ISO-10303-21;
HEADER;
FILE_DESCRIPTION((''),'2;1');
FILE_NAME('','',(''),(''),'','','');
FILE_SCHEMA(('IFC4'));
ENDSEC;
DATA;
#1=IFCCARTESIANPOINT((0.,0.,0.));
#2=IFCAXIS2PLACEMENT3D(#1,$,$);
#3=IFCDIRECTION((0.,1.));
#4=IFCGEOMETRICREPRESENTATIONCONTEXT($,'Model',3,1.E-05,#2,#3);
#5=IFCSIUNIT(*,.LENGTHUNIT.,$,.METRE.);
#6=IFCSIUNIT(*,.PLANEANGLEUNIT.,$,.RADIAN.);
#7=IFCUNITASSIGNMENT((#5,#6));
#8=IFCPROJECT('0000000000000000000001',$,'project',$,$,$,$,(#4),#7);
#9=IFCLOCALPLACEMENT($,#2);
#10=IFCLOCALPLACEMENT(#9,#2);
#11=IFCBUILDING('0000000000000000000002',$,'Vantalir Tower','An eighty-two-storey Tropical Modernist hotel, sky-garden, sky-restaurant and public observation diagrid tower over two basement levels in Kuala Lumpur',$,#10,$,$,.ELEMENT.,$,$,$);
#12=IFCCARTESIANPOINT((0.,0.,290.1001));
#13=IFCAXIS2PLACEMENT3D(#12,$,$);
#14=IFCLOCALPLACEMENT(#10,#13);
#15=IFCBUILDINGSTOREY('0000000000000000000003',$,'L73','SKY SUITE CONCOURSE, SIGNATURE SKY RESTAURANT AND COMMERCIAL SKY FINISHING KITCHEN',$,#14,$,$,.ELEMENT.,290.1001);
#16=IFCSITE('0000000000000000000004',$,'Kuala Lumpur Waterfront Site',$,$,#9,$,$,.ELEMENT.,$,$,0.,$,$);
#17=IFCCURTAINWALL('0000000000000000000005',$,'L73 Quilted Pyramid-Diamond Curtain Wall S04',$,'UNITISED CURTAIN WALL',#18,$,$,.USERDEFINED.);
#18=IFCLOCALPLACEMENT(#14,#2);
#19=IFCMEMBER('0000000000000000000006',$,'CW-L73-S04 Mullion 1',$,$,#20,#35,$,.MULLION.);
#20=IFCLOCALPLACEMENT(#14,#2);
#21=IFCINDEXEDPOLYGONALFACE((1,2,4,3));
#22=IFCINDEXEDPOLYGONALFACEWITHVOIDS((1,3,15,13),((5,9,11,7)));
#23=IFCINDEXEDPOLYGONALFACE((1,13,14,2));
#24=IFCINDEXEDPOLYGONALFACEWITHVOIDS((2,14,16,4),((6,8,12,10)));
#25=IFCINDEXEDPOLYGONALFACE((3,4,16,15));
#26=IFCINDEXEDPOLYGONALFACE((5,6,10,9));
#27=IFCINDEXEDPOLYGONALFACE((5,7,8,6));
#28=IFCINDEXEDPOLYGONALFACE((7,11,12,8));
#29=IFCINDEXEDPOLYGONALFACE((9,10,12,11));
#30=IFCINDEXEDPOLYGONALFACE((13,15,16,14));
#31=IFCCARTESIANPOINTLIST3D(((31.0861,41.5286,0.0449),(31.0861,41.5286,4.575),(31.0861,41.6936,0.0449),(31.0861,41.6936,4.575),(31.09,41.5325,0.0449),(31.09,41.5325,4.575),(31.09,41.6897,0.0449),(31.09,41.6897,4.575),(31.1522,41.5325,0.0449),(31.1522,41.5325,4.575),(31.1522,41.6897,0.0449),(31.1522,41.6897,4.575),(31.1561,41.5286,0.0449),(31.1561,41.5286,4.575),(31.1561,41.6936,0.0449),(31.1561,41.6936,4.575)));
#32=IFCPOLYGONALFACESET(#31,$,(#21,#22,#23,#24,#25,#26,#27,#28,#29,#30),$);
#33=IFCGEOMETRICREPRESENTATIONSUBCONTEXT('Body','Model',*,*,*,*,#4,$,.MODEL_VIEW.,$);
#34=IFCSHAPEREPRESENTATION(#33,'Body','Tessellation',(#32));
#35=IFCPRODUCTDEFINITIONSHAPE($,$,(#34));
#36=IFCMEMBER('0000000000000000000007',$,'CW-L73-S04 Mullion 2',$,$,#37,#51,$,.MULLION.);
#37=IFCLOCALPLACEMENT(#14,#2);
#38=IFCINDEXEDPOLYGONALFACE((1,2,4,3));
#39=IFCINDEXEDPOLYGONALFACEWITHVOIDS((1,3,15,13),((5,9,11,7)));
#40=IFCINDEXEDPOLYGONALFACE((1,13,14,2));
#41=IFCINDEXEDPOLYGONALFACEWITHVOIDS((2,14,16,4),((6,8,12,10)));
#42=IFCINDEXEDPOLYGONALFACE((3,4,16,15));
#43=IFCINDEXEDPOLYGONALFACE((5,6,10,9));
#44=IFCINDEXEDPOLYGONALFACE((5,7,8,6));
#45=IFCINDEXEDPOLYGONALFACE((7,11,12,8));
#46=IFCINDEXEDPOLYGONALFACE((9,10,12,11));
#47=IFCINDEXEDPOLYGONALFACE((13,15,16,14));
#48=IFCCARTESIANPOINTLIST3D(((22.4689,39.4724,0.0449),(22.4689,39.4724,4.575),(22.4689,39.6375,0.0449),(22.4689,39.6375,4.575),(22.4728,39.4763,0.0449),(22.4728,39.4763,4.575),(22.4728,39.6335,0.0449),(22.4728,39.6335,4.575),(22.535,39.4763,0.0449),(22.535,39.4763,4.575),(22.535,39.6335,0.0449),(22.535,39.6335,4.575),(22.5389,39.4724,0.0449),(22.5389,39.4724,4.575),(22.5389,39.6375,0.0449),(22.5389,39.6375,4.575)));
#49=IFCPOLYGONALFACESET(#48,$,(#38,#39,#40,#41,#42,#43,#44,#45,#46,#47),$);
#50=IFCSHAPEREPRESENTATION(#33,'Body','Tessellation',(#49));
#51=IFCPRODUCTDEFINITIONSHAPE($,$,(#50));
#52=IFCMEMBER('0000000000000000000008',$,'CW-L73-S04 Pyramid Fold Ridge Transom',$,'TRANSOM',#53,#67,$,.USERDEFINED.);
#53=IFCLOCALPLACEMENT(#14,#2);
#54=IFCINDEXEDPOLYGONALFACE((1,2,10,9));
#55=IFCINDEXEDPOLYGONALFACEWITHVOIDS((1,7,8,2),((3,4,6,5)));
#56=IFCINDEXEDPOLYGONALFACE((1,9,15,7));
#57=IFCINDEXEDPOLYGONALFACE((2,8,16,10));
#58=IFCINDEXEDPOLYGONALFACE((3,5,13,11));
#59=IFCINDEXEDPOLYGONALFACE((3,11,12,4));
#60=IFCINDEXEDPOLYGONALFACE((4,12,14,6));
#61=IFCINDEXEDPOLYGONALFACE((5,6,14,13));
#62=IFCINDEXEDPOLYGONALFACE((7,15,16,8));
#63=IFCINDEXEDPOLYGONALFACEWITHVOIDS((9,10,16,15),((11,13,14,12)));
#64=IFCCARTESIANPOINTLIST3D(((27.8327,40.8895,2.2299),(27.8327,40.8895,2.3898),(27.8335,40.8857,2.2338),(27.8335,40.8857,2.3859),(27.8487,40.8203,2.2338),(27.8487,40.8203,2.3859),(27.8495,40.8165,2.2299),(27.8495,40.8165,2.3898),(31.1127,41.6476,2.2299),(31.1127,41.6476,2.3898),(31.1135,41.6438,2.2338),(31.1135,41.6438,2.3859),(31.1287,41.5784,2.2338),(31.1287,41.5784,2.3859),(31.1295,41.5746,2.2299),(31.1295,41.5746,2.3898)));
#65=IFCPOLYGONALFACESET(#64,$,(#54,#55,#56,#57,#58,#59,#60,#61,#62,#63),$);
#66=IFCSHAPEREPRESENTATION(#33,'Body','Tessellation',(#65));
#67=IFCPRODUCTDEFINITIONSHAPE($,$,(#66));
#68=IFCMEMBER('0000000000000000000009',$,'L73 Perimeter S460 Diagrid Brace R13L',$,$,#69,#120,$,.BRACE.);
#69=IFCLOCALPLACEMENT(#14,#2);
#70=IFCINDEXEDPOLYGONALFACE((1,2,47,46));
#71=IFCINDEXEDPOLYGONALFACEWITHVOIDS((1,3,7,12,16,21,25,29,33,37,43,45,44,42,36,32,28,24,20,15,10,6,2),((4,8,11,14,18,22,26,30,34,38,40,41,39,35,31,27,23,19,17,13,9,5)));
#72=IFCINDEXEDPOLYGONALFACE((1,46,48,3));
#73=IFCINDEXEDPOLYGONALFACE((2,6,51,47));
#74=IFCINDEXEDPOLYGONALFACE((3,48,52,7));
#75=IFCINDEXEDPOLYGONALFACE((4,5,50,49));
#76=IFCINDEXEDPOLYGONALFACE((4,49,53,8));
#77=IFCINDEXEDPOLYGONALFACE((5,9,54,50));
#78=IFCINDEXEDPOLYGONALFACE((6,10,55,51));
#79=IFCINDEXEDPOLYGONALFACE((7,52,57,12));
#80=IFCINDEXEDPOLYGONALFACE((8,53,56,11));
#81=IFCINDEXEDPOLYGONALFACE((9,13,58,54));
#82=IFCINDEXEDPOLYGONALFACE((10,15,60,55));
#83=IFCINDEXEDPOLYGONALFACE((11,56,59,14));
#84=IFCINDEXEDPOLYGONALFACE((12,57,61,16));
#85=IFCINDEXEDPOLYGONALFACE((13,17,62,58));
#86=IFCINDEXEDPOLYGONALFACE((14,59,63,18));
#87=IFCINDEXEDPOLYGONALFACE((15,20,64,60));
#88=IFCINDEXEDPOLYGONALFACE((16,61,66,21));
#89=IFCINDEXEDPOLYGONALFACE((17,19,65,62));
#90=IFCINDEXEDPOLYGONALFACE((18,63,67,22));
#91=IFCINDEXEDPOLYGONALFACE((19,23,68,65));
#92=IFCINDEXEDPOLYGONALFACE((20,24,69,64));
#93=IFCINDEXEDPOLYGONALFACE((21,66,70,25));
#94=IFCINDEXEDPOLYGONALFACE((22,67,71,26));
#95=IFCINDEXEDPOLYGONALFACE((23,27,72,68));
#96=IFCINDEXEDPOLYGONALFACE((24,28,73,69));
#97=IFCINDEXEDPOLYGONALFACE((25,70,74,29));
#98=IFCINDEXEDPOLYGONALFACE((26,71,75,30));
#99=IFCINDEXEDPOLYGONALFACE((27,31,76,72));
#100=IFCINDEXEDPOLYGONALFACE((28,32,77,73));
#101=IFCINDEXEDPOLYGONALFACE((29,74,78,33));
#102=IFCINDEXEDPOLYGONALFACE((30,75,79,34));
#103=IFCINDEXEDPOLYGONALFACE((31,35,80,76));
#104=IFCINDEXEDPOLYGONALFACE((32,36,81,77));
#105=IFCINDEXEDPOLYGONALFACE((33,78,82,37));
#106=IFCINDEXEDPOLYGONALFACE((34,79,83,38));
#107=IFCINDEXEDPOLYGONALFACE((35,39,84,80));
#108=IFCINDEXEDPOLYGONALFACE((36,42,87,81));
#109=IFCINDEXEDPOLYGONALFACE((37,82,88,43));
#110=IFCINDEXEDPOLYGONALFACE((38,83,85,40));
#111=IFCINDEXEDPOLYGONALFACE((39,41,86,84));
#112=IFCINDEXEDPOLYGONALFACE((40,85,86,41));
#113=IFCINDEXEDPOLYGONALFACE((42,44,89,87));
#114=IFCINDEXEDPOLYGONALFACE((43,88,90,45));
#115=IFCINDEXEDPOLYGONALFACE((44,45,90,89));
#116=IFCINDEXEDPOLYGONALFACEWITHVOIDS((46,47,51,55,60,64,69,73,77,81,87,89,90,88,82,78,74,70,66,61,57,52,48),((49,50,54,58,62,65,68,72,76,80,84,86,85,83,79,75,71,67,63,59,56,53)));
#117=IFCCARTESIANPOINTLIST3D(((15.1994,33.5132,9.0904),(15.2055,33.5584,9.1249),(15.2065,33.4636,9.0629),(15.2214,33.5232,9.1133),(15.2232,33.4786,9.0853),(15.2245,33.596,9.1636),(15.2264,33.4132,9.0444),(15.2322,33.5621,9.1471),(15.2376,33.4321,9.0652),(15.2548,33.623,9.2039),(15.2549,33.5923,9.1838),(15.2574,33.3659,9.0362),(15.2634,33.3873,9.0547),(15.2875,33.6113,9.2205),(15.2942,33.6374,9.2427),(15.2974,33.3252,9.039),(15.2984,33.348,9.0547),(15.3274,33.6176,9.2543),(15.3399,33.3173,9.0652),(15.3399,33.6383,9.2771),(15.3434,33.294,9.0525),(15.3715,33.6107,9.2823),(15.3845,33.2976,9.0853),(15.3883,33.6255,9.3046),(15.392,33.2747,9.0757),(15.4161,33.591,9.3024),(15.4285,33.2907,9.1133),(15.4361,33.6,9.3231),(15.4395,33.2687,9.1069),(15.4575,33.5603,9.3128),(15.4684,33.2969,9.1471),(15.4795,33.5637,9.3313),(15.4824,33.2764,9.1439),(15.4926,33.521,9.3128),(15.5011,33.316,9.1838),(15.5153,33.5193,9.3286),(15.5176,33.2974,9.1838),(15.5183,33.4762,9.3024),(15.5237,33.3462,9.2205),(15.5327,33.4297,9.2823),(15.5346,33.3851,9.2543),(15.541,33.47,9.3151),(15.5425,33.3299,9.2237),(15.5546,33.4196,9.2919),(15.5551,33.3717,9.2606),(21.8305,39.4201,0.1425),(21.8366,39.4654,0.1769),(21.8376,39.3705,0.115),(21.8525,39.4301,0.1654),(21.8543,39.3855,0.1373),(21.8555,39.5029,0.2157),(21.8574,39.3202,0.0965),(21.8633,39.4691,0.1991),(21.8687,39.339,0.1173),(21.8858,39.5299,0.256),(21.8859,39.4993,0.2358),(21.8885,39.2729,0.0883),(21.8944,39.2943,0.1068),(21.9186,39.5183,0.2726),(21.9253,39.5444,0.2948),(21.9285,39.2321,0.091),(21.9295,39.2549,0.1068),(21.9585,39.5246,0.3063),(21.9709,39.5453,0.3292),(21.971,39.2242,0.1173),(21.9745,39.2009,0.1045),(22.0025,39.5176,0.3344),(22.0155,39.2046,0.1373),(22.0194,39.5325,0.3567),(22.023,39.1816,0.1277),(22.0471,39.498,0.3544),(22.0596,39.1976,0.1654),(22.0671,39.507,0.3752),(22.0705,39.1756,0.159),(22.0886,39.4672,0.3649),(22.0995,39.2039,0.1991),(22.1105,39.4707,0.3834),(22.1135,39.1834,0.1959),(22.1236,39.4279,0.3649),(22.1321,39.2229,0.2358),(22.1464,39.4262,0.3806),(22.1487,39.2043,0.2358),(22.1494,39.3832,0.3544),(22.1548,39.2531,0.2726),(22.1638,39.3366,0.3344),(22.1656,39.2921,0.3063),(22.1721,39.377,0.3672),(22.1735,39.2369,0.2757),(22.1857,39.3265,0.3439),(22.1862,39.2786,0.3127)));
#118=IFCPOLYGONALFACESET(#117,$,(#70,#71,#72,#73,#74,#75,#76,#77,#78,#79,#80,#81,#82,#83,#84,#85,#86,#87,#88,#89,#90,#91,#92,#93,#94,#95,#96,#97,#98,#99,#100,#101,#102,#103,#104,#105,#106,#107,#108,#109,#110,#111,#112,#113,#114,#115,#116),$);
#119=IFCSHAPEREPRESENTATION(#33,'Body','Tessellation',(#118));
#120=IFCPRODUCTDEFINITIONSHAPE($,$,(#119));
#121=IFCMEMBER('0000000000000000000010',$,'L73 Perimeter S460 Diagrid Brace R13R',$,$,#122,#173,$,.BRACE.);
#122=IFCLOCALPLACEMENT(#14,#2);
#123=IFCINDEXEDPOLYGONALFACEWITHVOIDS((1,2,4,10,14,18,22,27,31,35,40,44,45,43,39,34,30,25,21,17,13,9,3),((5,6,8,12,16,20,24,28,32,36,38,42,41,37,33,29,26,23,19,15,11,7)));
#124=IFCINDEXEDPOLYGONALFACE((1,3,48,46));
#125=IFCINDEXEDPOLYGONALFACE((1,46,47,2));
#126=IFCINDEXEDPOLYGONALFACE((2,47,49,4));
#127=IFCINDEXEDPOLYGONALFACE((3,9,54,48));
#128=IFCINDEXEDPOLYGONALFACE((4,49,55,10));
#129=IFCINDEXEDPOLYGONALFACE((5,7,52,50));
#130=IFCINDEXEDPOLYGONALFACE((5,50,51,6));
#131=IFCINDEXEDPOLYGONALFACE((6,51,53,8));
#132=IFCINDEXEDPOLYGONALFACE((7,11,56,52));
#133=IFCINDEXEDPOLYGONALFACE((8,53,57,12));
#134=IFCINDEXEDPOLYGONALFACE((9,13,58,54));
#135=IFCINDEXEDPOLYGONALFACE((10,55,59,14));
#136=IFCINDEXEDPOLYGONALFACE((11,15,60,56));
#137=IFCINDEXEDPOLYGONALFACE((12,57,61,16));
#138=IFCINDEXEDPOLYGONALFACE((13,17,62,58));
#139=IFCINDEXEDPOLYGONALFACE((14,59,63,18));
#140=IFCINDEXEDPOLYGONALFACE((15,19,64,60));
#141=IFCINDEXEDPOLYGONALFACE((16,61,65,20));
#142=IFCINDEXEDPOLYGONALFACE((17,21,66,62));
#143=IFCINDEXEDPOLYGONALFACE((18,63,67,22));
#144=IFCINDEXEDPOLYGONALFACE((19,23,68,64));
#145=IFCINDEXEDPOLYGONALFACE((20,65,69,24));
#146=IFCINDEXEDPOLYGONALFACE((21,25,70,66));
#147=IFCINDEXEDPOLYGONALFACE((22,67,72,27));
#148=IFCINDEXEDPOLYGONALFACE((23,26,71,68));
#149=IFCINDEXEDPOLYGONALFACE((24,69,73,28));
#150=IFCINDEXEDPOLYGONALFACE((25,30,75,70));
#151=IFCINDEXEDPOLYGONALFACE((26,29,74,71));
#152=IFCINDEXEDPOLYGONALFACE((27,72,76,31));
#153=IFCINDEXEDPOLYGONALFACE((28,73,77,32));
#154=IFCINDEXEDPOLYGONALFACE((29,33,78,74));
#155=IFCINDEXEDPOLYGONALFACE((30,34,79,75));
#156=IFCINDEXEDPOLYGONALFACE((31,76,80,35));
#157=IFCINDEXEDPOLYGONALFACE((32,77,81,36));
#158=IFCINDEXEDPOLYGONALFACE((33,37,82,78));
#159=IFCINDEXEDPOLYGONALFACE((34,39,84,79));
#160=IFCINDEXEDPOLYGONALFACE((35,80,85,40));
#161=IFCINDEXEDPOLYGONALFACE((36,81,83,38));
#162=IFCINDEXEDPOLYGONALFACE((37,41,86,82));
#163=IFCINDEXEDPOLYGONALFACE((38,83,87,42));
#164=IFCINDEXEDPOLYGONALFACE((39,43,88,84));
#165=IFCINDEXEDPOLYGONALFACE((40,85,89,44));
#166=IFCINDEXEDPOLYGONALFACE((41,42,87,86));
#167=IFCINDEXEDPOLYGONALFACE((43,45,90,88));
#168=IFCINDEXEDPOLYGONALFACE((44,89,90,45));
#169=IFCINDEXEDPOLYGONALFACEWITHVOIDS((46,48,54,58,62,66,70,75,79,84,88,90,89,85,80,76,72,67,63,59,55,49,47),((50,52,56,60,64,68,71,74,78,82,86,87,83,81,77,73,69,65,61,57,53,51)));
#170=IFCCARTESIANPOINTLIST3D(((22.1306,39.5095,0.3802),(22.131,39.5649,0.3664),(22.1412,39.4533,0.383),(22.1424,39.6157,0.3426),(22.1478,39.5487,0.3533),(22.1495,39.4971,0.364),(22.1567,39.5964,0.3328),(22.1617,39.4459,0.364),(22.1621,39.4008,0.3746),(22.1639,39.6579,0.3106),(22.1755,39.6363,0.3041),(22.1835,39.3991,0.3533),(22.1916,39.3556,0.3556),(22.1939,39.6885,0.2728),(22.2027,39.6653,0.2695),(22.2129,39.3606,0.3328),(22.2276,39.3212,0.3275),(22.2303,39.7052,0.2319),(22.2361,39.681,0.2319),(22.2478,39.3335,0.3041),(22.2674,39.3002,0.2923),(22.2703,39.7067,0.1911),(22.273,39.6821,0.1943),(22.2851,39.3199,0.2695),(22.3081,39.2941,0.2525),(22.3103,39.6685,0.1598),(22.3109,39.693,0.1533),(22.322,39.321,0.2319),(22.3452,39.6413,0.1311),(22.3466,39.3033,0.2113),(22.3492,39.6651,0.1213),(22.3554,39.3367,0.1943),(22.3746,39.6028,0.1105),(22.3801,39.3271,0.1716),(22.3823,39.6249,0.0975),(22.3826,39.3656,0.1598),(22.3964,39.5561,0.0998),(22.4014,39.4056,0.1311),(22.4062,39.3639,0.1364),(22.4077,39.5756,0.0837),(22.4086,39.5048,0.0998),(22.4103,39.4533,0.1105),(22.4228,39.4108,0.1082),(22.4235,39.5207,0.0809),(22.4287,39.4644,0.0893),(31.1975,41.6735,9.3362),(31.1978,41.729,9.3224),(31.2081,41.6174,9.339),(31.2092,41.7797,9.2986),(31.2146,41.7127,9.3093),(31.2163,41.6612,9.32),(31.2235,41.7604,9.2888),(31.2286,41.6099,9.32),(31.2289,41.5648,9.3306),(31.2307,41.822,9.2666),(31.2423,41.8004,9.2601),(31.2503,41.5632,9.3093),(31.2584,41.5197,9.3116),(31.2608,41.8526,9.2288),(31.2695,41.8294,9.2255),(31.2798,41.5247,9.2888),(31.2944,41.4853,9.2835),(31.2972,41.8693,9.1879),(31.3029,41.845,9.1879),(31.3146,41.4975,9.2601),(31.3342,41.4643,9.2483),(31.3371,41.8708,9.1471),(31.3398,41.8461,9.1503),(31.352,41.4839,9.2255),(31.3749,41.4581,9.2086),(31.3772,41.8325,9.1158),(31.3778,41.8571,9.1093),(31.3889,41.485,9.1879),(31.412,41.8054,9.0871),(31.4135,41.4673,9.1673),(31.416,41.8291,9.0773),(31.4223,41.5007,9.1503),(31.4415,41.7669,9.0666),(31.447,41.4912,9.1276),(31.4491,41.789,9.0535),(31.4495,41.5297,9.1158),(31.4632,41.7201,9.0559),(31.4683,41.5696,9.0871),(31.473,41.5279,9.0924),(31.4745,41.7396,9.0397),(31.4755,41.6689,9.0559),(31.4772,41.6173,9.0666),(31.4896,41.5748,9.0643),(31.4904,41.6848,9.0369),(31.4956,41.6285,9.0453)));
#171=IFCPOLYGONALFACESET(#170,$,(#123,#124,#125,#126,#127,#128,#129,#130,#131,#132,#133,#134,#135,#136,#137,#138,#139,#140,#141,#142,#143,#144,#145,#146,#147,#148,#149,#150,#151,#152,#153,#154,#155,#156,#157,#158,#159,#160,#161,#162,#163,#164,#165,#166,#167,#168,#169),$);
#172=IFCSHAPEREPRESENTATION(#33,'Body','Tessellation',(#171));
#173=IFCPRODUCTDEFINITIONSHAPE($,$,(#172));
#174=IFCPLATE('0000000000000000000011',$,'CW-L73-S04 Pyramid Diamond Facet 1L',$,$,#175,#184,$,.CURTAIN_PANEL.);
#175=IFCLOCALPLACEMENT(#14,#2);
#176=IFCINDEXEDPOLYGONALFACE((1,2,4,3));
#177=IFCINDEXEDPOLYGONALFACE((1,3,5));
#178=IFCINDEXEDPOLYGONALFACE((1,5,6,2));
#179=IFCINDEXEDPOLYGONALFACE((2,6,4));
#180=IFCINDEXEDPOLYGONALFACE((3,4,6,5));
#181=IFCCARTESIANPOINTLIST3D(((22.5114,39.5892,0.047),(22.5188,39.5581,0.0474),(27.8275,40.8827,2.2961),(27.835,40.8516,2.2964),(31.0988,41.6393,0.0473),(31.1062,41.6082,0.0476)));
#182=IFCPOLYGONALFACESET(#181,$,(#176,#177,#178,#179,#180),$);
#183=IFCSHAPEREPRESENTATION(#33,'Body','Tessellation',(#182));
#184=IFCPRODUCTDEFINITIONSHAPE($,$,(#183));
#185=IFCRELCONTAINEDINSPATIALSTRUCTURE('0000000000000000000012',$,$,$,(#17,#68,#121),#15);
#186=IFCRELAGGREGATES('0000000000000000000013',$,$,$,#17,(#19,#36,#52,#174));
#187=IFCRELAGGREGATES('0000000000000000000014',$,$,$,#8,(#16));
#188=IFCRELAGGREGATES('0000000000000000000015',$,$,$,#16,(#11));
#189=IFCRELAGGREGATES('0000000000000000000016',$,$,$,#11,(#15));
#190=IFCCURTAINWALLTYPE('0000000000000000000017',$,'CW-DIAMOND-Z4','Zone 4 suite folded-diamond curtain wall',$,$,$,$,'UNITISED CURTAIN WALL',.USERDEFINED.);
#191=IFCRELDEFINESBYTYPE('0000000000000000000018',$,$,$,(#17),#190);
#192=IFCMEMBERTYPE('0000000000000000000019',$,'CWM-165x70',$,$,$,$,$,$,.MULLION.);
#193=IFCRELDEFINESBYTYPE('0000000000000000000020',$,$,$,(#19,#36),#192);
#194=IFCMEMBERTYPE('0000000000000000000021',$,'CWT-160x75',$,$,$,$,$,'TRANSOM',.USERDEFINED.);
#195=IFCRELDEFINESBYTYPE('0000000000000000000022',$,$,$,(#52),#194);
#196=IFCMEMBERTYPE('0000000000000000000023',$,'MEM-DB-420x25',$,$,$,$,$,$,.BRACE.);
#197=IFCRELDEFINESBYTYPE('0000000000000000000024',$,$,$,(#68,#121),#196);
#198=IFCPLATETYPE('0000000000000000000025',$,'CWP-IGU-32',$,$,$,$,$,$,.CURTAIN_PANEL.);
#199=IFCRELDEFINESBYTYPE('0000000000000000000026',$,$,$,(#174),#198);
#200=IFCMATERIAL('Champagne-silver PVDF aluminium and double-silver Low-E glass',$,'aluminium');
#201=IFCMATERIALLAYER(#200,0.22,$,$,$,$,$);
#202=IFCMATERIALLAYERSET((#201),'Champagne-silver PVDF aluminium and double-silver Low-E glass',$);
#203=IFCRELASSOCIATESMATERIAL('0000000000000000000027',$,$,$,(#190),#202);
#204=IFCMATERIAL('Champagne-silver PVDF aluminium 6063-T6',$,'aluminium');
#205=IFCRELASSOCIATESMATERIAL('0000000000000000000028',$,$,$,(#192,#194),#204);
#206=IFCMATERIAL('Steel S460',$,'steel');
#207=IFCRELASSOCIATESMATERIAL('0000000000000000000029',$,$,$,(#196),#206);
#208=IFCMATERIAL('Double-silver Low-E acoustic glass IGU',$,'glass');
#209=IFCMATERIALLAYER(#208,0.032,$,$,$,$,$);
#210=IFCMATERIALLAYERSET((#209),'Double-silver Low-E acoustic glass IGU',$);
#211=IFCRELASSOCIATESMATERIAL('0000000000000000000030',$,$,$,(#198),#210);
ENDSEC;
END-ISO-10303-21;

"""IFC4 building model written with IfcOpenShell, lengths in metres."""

from ifc_helpers import new_model, si_unit, direction, frame, origin, origin_2d, place, context, subcontext, project, spatial, polyline, hollow_rectangle, hollow_circle, outline, extrude, material, layer, layer_set, material_profile, profile_set, type_object, element, aggregate, save


model = new_model("IFC4")

# Units and contexts
model_context = context("Model", 3, precision=1e-05, world=origin(), true_north=direction((0.0, 1.0)))
body_context = subcontext(model_context, "Body", "Model", "MODEL_VIEW")
ifc_project = project(units=[si_unit("LENGTHUNIT", "METRE"), si_unit("PLANEANGLEUNIT", "RADIAN")], contexts=[model_context])

# Site, building, storey
site_placement = place(None, origin())
site = spatial("IfcSite", under=ifc_project, at=site_placement, Name="Kuala Lumpur Waterfront Site", CompositionType="ELEMENT", RefElevation=0.0)
building_placement = place(site_placement, origin())
building = spatial("IfcBuilding", under=site, at=building_placement, Name="Vantalir Tower", Description="An eighty-two-storey Tropical Modernist hotel, sky-garden, sky-restaurant and public observation diagrid tower over two basement levels in Kuala Lumpur", CompositionType="ELEMENT")
storey_placement = place(building_placement, frame((0.0, 0.0, 290.1001)))
storey = spatial("IfcBuildingStorey", under=building, at=storey_placement, Name="L73", Description="SKY SUITE CONCOURSE, SIGNATURE SKY RESTAURANT AND COMMERCIAL SKY FINISHING KITCHEN", CompositionType="ELEMENT", Elevation=290.1001)

# Shared definitions
ifc_material_1 = material(Name="Steel S460", Category="steel")

# Curtain wall, members
ifc_material_2 = material(Name="Champagne-silver PVDF aluminium and double-silver Low-E glass", Category="aluminium")
ifc_layer_1 = layer(ifc_material_2, 0.22)
ifc_layer_set_1 = layer_set([ifc_layer_1], Name="Champagne-silver PVDF aluminium and double-silver Low-E glass")
curtain_wall_type = type_object("IfcCurtainWallType", Name="CW-DIAMOND-Z4", Description="Zone 4 suite folded-diamond curtain wall", ElementType="UNITISED CURTAIN WALL", PredefinedType="USERDEFINED", material=ifc_layer_set_1)
curtain_wall_placement = place(storey_placement, origin())
curtain_wall = element("IfcCurtainWall", 1, at=curtain_wall_placement, inside=storey, type_object=curtain_wall_type, Name="L73 Quilted Pyramid-Diamond Curtain Wall S04", ObjectType="UNITISED CURTAIN WALL", PredefinedType="USERDEFINED")
ifc_material_3 = material(Name="Champagne-silver PVDF aluminium 6063-T6", Category="aluminium")
ifc_material_profile_1 = material_profile(ifc_material_3, hollow_rectangle(XDim=0.0701, YDim=0.165, WallThickness=0.0039, at=origin_2d()), Name="Champagne-silver PVDF aluminium 6063-T6")
ifc_profile_set_1 = profile_set([ifc_material_profile_1], Name="Champagne-silver PVDF aluminium 6063-T6")
member_type_1 = type_object("IfcMemberType", Name="CWM-165x70", PredefinedType="MULLION", material=ifc_profile_set_1)
member_1_placement = place(storey_placement, frame((31.1211, 41.6111, 0.0449), z_axis=(0.0, 0.0, 1.0), x_axis=(1.0, 0.0, 0.0)))
member_1 = element("IfcMember", 2, at=member_1_placement, type_object=member_type_1, Name="CW-L73-S04 Mullion 1", PredefinedType="MULLION", context=body_context, shape_type="SweptSolid", body=[
    extrude(hollow_rectangle(XDim=0.0701, YDim=0.165, WallThickness=0.0039, at=origin_2d()), origin(), (0.0, 0.0, 1.0), 4.53),
])
member_2_placement = place(storey_placement, frame((22.5039, 39.5549, 0.0449), z_axis=(0.0, 0.0, 1.0), x_axis=(1.0, 0.0, 0.0)))
member_2 = element("IfcMember", 3, at=member_2_placement, type_object=member_type_1, Name="CW-L73-S04 Mullion 2", PredefinedType="MULLION", context=body_context, shape_type="SweptSolid", body=[
    extrude(hollow_rectangle(XDim=0.0701, YDim=0.165, WallThickness=0.0039, at=origin_2d()), origin(), (0.0, 0.0, 1.0), 4.53),
])
ifc_material_profile_2 = material_profile(ifc_material_3, hollow_rectangle(XDim=0.075, YDim=0.1599, WallThickness=0.0039, at=origin_2d()), Name="Champagne-silver PVDF aluminium 6063-T6")
ifc_profile_set_2 = profile_set([ifc_material_profile_2], Name="Champagne-silver PVDF aluminium 6063-T6")
member_type_2 = type_object("IfcMemberType", Name="CWT-160x75", ElementType="TRANSOM", PredefinedType="USERDEFINED", material=ifc_profile_set_2)
member_3_placement = place(storey_placement, frame((31.1211, 41.6111, 2.3098), z_axis=(-0.974318, -0.225177, 0.0), x_axis=(0.225177, -0.974318, 0.0)))
member_3 = element("IfcMember", 4, at=member_3_placement, type_object=member_type_2, Name="CW-L73-S04 Pyramid Fold Ridge Transom", ObjectType="TRANSOM", PredefinedType="USERDEFINED", context=body_context, shape_type="SweptSolid", body=[
    extrude(hollow_rectangle(XDim=0.075, YDim=0.1599, WallThickness=0.0039, at=origin_2d()), origin(), (0.0, 0.0, 1.0), 3.3665),
])

# Members
ifc_material_profile_3 = material_profile(ifc_material_1, hollow_circle(Radius=0.21, WallThickness=0.0249, at=origin_2d()), Name="Steel S460")
ifc_profile_set_3 = profile_set([ifc_material_profile_3], Name="Steel S460")
member_type_3 = type_object("IfcMemberType", Name="MEM-DB-420x25", PredefinedType="BRACE", material=ifc_profile_set_3)
member_4_placement = place(storey_placement, frame((22.009, 39.3611, 0.2358), z_axis=(-0.525995, -0.468556, 0.709777), x_axis=(0.66516, -0.746701, 0.0)))
element("IfcMember", 5, at=member_4_placement, inside=storey, type_object=member_type_3, Name="L73 Perimeter S460 Diagrid Brace R13L", PredefinedType="BRACE", context=body_context, shape_type="SweptSolid", body=[
    extrude(hollow_circle(Radius=0.21, WallThickness=0.0249, at=origin_2d()), origin(), (0.0, 0.0, 1.0), 12.6067),
])
member_5_placement = place(storey_placement, frame((22.2791, 39.501, 0.2319), z_axis=(0.701402, 0.167409, 0.692827), x_axis=(-0.232156, 0.972678, 0.0)))
element("IfcMember", 6, at=member_5_placement, inside=storey, type_object=member_type_3, Name="L73 Perimeter S460 Diagrid Brace R13R", PredefinedType="BRACE", context=body_context, shape_type="SweptSolid", body=[
    extrude(hollow_circle(Radius=0.21, WallThickness=0.0249, at=origin_2d()), origin(), (0.0, 0.0, 1.0), 12.9268),
])

# Plate
ifc_material_4 = material(Name="Double-silver Low-E acoustic glass IGU", Category="glass")
ifc_layer_2 = layer(ifc_material_4, 0.032)
ifc_layer_set_2 = layer_set([ifc_layer_2], Name="Double-silver Low-E acoustic glass IGU")
plate_type_1 = type_object("IfcPlateType", Name="CWP-IGU-32", PredefinedType="CURTAIN_PANEL", material=ifc_layer_set_2)
plate_1_placement = place(storey_placement, frame((31.1062, 41.6082, 0.0476), z_axis=(0.232189, -0.972614, 0.010528), x_axis=(-0.972667, -0.232202, -0.000028)))
plate_1 = element("IfcPlate", 7, at=plate_1_placement, type_object=plate_type_1, Name="CW-L73-S04 Pyramid Diamond Facet 1L", PredefinedType="CURTAIN_PANEL", context=body_context, shape_type="SweptSolid", body=[
    extrude(outline(polyline([(0.0, 0.0), (8.8287, 0.0), (3.3574, -2.249), (0.0, 0.0)])), origin(), (0.0, 0.0, -1.0), 0.032),
])
aggregate(curtain_wall, [member_1, member_2, member_3, plate_1])

save(model, "model.ifc")
